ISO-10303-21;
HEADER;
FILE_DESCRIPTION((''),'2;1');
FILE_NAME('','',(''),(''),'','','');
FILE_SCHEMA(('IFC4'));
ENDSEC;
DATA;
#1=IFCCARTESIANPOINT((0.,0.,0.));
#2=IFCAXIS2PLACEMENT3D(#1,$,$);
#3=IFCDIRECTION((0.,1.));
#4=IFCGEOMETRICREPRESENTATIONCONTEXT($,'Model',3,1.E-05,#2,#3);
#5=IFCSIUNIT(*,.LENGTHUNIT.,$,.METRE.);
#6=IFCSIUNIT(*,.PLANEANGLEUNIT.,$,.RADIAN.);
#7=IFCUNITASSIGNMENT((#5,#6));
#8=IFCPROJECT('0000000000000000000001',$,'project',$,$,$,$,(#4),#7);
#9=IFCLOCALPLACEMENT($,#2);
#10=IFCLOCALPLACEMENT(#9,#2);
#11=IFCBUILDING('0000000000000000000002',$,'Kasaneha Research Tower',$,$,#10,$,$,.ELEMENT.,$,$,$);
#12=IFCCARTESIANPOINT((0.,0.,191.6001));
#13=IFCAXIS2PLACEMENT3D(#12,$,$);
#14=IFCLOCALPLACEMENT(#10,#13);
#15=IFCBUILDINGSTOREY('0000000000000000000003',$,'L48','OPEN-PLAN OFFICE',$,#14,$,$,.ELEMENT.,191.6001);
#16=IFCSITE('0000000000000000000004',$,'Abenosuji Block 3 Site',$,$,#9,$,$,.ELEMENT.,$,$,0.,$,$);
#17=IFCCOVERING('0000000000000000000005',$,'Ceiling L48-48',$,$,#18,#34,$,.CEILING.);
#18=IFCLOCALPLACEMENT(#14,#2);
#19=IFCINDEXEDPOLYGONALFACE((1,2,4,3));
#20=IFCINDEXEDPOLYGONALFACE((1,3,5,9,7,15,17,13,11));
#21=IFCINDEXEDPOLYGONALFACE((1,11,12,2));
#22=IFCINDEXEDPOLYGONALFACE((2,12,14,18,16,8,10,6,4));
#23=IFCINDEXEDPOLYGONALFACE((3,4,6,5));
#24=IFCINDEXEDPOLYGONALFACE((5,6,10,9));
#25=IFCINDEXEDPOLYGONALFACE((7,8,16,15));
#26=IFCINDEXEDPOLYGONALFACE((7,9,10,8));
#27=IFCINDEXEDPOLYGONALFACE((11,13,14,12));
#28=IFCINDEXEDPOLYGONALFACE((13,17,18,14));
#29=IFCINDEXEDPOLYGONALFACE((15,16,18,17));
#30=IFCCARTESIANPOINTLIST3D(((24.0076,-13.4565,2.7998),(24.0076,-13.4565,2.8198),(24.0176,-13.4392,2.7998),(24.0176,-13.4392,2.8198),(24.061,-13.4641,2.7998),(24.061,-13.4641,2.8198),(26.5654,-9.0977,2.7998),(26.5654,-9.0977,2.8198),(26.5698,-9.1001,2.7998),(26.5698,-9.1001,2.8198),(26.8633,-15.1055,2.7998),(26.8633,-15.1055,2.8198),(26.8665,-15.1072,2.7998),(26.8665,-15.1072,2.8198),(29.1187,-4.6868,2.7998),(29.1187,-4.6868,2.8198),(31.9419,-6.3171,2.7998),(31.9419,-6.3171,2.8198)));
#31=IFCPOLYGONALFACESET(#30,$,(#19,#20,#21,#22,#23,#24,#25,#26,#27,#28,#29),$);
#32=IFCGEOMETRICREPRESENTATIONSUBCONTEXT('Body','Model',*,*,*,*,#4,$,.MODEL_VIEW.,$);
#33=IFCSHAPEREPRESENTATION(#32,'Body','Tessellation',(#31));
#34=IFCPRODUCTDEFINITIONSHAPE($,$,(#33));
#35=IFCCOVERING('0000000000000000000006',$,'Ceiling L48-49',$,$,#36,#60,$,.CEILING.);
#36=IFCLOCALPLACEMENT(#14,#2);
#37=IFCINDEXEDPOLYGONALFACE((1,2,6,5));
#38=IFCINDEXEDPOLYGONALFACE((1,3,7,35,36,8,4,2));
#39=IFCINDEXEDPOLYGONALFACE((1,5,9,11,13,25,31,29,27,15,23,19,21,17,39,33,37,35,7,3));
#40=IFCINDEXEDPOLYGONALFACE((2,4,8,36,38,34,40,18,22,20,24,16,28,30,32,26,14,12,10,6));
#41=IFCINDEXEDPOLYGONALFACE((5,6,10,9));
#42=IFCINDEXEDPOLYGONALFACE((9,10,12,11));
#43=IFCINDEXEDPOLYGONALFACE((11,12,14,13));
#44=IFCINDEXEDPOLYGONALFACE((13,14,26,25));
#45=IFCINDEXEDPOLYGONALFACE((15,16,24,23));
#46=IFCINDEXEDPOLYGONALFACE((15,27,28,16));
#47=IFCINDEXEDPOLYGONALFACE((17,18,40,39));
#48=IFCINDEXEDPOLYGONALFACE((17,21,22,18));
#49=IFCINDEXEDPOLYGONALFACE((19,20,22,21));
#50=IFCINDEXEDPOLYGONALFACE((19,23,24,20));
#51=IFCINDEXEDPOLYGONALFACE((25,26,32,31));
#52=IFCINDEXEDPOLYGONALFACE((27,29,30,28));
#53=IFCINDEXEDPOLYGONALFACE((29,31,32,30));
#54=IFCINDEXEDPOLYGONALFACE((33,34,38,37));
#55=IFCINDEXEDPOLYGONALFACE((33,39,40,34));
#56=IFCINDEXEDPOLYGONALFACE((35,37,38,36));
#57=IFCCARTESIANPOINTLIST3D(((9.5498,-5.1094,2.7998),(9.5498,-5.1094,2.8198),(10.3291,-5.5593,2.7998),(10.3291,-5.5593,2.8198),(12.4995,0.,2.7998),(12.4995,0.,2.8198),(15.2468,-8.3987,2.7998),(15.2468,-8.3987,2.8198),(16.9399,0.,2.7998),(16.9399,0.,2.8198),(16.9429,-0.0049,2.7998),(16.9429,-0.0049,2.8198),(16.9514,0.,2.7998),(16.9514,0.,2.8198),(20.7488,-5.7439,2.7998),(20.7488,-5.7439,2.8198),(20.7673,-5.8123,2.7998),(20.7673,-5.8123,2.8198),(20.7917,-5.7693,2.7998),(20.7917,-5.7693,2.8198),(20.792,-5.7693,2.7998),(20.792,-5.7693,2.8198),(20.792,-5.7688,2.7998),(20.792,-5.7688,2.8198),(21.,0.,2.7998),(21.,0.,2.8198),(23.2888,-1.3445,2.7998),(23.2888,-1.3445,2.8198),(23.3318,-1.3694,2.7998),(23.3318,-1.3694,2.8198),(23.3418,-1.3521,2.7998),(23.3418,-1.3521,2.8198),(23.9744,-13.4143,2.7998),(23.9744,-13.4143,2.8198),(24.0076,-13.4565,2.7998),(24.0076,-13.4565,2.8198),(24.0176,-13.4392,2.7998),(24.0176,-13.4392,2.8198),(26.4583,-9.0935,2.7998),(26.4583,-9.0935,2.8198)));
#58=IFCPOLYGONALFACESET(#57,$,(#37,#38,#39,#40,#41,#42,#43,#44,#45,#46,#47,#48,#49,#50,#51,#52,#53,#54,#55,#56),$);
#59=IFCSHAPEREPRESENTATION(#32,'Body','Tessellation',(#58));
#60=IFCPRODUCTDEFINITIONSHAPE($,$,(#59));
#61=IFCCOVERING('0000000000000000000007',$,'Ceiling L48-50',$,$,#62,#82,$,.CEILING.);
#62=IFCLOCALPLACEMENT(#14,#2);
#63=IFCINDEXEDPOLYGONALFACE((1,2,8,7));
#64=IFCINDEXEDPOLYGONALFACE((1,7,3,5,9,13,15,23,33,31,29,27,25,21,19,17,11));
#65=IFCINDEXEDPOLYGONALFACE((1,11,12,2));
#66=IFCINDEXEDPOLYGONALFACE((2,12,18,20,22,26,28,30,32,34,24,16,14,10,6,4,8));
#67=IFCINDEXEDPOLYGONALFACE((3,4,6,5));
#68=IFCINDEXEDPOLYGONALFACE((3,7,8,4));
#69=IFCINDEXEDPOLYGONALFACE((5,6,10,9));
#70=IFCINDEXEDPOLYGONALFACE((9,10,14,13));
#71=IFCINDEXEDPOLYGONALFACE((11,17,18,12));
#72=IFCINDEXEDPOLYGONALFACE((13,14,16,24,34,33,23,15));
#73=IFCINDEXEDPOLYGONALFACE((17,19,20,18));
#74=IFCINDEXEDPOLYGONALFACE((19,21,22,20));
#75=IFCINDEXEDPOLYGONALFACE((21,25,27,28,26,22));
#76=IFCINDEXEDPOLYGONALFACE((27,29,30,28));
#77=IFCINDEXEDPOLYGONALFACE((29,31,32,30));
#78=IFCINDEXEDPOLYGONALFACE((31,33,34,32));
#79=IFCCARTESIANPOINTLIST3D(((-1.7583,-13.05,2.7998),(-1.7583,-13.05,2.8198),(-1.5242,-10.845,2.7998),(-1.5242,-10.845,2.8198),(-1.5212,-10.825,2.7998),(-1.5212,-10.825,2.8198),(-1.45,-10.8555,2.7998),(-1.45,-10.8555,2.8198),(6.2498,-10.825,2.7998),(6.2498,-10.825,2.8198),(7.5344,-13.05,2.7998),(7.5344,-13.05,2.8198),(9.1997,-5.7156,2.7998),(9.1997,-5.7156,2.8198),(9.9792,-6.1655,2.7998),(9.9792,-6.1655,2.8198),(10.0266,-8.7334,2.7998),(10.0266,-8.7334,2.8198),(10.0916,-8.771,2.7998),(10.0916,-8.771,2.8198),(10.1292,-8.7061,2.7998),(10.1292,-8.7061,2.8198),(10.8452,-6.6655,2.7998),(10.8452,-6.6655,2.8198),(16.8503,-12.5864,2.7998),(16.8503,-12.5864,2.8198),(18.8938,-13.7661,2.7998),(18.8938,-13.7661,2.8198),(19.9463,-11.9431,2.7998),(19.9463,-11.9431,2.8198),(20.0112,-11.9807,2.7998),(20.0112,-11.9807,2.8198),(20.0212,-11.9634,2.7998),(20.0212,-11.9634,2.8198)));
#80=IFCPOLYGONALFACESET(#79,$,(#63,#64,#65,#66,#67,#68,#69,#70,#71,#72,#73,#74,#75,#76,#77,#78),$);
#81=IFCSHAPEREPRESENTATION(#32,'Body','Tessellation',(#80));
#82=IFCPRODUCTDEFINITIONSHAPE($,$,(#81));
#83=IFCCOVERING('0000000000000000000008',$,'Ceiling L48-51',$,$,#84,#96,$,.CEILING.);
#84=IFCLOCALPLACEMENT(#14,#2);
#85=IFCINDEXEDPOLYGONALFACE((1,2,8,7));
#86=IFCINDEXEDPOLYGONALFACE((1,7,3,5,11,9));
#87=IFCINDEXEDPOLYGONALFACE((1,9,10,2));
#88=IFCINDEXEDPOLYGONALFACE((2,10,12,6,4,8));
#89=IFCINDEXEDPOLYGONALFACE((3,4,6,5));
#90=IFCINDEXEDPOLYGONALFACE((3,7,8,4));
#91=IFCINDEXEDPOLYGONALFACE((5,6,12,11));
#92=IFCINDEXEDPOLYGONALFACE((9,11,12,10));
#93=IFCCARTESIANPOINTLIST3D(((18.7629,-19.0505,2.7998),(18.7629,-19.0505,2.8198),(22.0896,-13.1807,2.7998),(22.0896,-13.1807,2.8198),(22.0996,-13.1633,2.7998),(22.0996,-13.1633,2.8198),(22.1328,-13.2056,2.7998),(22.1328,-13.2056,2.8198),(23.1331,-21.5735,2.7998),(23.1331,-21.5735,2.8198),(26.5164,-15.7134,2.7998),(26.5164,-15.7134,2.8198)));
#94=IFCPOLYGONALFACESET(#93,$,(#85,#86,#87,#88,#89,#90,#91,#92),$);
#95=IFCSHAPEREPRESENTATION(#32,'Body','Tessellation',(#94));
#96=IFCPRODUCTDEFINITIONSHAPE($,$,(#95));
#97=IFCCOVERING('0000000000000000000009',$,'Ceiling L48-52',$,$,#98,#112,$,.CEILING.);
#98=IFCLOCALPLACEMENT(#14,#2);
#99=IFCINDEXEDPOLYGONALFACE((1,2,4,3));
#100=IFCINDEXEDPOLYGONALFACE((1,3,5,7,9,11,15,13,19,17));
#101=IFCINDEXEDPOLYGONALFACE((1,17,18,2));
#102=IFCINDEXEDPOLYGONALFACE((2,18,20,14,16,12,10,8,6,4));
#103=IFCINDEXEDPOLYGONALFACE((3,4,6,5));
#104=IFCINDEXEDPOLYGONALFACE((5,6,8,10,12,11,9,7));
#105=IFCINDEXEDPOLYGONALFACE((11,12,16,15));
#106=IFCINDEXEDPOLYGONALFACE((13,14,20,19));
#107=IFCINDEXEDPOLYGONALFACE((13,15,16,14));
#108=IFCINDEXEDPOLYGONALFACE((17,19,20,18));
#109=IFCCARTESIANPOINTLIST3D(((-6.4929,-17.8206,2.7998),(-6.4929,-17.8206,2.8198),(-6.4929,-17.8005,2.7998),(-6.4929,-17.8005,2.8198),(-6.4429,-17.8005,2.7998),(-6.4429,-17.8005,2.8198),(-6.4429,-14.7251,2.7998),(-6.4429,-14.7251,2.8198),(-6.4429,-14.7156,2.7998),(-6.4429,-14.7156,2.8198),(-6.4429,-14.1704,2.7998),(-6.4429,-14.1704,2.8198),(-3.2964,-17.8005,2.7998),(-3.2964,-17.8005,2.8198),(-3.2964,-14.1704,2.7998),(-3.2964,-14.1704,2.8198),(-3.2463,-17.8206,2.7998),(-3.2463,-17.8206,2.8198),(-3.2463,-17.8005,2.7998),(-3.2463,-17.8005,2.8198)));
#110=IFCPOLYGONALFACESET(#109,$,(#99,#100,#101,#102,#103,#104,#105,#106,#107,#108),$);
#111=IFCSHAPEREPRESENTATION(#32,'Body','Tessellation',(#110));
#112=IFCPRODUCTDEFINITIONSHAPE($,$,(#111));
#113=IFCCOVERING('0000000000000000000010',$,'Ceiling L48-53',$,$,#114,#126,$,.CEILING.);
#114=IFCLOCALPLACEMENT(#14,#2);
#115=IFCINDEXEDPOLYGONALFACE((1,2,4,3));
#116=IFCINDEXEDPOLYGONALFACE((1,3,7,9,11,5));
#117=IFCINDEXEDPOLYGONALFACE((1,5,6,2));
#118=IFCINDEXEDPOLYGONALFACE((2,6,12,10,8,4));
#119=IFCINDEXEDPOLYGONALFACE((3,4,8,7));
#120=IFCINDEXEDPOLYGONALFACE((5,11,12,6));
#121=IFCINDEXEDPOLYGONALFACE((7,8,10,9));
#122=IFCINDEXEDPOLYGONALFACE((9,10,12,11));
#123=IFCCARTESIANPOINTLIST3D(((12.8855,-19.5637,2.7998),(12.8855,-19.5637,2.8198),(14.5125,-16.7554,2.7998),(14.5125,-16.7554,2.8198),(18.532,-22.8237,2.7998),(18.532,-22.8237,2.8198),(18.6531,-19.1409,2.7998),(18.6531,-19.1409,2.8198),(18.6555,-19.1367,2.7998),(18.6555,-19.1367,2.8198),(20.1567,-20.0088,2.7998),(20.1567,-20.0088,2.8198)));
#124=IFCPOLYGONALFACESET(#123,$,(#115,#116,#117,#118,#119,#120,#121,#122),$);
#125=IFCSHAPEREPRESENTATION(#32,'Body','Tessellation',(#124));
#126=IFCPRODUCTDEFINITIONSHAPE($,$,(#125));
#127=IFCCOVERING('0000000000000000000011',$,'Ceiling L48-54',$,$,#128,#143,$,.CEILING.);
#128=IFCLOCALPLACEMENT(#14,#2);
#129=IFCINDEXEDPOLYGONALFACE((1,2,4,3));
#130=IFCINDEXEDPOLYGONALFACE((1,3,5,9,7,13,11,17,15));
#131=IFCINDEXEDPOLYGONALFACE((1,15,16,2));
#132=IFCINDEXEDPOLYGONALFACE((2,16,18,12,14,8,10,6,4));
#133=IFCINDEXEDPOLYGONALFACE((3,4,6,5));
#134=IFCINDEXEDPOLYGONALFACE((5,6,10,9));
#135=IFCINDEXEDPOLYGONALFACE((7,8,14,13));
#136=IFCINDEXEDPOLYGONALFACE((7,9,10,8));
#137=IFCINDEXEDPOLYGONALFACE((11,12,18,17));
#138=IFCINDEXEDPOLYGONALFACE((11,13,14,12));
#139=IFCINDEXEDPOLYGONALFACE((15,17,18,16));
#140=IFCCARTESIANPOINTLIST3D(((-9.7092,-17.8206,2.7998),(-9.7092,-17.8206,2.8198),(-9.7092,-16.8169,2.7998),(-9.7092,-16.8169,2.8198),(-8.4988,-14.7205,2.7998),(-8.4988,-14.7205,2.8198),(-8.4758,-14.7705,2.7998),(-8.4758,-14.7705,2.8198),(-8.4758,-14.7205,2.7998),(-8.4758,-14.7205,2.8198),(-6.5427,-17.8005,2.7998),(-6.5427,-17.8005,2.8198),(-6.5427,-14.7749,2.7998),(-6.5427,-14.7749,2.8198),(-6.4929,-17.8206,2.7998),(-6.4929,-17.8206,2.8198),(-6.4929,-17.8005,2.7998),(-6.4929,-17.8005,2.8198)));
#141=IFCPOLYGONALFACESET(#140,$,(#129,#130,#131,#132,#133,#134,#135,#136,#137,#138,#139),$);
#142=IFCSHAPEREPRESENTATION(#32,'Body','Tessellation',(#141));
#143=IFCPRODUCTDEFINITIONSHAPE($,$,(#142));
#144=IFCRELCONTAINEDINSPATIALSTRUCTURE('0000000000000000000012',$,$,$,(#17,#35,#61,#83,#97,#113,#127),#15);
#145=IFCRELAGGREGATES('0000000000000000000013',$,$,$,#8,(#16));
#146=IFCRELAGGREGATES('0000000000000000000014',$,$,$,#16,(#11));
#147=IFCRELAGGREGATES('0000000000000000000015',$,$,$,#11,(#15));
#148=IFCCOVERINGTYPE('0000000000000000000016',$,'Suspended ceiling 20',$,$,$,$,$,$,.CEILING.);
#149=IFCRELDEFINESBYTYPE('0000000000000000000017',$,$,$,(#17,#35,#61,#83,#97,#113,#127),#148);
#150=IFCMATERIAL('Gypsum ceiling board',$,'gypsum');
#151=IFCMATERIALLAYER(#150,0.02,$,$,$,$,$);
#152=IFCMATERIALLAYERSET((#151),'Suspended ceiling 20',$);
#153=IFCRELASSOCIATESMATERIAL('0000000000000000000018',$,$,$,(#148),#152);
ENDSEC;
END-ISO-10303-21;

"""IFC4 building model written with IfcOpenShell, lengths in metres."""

from ifc_helpers import new_model, si_unit, direction, frame, origin, place, context, subcontext, project, spatial, polyline, outline, extrude, material, layer, layer_set, type_object, element, save


model = new_model("IFC4")

# Units and contexts
model_context = context("Model", 3, precision=1e-05, world=origin(), true_north=direction((0.0, 1.0)))
body_context = subcontext(model_context, "Body", "Model", "MODEL_VIEW")
ifc_project = project(units=[si_unit("LENGTHUNIT", "METRE"), si_unit("PLANEANGLEUNIT", "RADIAN")], contexts=[model_context])

# Site, building, storey
site_placement = place(None, origin())
site = spatial("IfcSite", under=ifc_project, at=site_placement, Name="Abenosuji Block 3 Site", CompositionType="ELEMENT", RefElevation=0.0)
building_placement = place(site_placement, origin())
building = spatial("IfcBuilding", under=site, at=building_placement, Name="Kasaneha Research Tower", CompositionType="ELEMENT")
storey_placement = place(building_placement, frame((0.0, 0.0, 191.6001)))
storey = spatial("IfcBuildingStorey", under=building, at=storey_placement, Name="L48", Description="OPEN-PLAN OFFICE", CompositionType="ELEMENT", Elevation=191.6001)

# Coverings
ifc_material_1 = material(Name="Gypsum ceiling board", Category="gypsum")
ifc_layer_1 = layer(ifc_material_1, 0.02)
ifc_layer_set_1 = layer_set([ifc_layer_1], Name="Suspended ceiling 20")
covering_type_1 = type_object("IfcCoveringType", Name="Suspended ceiling 20", PredefinedType="CEILING", material=ifc_layer_set_1)
covering_1_placement = place(storey_placement, frame((0.0, 0.0, 2.7998)))
element("IfcCovering", 1, at=covering_1_placement, inside=storey, type_object=covering_type_1, Name="Ceiling L48-48", PredefinedType="CEILING", context=body_context, shape_type="SweptSolid", body=[
    extrude(outline(polyline([(24.0076, -13.4565), (24.0176, -13.4392), (24.061, -13.4641), (26.5698, -9.1001), (26.5654, -9.0977), (29.1187, -4.6868), (31.9419, -6.3171), (26.8665, -15.1072), (26.8633, -15.1055), (24.0076, -13.4565)])), origin(), (0.0, 0.0, 1.0), 0.02),
])
covering_2_placement = place(storey_placement, frame((0.0, 0.0, 2.7998)))
element("IfcCovering", 2, at=covering_2_placement, inside=storey, type_object=covering_type_1, Name="Ceiling L48-49", PredefinedType="CEILING", context=body_context, shape_type="SweptSolid", body=[
    extrude(outline(polyline([(9.5498, -5.1094), (12.4995, 0.0), (16.9399, 0.0), (16.9429, -0.0049), (16.9514, 0.0), (21.0, 0.0), (23.3418, -1.3521), (23.3318, -1.3694), (23.2888, -1.3445), (20.7488, -5.7439), (20.792, -5.7688), (20.7917, -5.7693), (20.792, -5.7693), (20.7673, -5.8123), (26.4583, -9.0935), (23.9744, -13.4143), (24.0176, -13.4392), (24.0076, -13.4565), (15.2468, -8.3987), (10.3291, -5.5593), (10.3291, -5.5593), (9.5498, -5.1094)])), origin(), (0.0, 0.0, 1.0), 0.02),
])
covering_3_placement = place(storey_placement, frame((0.0, 0.0, 2.7998)))
element("IfcCovering", 3, at=covering_3_placement, inside=storey, type_object=covering_type_1, Name="Ceiling L48-50", PredefinedType="CEILING", context=body_context, shape_type="SweptSolid", body=[
    extrude(outline(polyline([(10.0916, -8.771), (10.0266, -8.7334), (7.5344, -13.05), (-1.7583, -13.05), (-1.45, -10.8555), (-1.5242, -10.845), (-1.5212, -10.825), (6.2498, -10.825), (9.1997, -5.7156), (9.9792, -6.1655), (9.9792, -6.1655), (10.8452, -6.6655), (10.8452, -6.6655), (20.0212, -11.9634), (20.0112, -11.9807), (19.9463, -11.9431), (18.8938, -13.7661), (16.8503, -12.5864), (16.8503, -12.5864), (10.1292, -8.7061), (10.0916, -8.771), (10.0916, -8.7708), (10.0916, -8.771)])), origin(), (0.0, 0.0, 1.0), 0.02),
])
covering_4_placement = place(storey_placement, frame((0.0, 0.0, 2.7998)))
element("IfcCovering", 4, at=covering_4_placement, inside=storey, type_object=covering_type_1, Name="Ceiling L48-51", PredefinedType="CEILING", context=body_context, shape_type="SweptSolid", body=[
    extrude(outline(polyline([(18.7629, -19.0505), (22.1328, -13.2056), (22.0896, -13.1807), (22.0996, -13.1633), (26.5164, -15.7134), (23.1331, -21.5735), (18.7629, -19.0505)])), origin(), (0.0, 0.0, 1.0), 0.02),
])
covering_5_placement = place(storey_placement, frame((0.0, 0.0, 2.7998)))
element("IfcCovering", 5, at=covering_5_placement, inside=storey, type_object=covering_type_1, Name="Ceiling L48-52", PredefinedType="CEILING", context=body_context, shape_type="SweptSolid", body=[
    extrude(outline(polyline([(-6.4929, -17.8206), (-6.4929, -17.8005), (-6.4429, -17.8005), (-6.4429, -14.7251), (-6.4429, -14.7156), (-6.4429, -14.1704), (-3.2964, -14.1704), (-3.2964, -17.8005), (-3.2463, -17.8005), (-3.2463, -17.8206), (-6.4929, -17.8206)])), origin(), (0.0, 0.0, 1.0), 0.02),
])
covering_6_placement = place(storey_placement, frame((0.0, 0.0, 2.7998)))
element("IfcCovering", 6, at=covering_6_placement, inside=storey, type_object=covering_type_1, Name="Ceiling L48-53", PredefinedType="CEILING", context=body_context, shape_type="SweptSolid", body=[
    extrude(outline(polyline([(12.8855, -19.5637), (14.5125, -16.7554), (18.6531, -19.1409), (18.6555, -19.1367), (20.1567, -20.0088), (18.532, -22.8237), (12.8855, -19.5637)])), origin(), (0.0, 0.0, 1.0), 0.02),
])
covering_7_placement = place(storey_placement, frame((0.0, 0.0, 2.7998)))
element("IfcCovering", 7, at=covering_7_placement, inside=storey, type_object=covering_type_1, Name="Ceiling L48-54", PredefinedType="CEILING", context=body_context, shape_type="SweptSolid", body=[
    extrude(outline(polyline([(-9.7092, -16.8169), (-8.4988, -14.7205), (-8.4758, -14.7205), (-8.4758, -14.7705), (-6.5427, -14.7749), (-6.5427, -17.8005), (-6.4929, -17.8005), (-6.4929, -17.8206), (-9.7092, -17.8206), (-9.7092, -16.8169)])), origin(), (0.0, 0.0, 1.0), 0.02),
])

save(model, "model.ifc")
